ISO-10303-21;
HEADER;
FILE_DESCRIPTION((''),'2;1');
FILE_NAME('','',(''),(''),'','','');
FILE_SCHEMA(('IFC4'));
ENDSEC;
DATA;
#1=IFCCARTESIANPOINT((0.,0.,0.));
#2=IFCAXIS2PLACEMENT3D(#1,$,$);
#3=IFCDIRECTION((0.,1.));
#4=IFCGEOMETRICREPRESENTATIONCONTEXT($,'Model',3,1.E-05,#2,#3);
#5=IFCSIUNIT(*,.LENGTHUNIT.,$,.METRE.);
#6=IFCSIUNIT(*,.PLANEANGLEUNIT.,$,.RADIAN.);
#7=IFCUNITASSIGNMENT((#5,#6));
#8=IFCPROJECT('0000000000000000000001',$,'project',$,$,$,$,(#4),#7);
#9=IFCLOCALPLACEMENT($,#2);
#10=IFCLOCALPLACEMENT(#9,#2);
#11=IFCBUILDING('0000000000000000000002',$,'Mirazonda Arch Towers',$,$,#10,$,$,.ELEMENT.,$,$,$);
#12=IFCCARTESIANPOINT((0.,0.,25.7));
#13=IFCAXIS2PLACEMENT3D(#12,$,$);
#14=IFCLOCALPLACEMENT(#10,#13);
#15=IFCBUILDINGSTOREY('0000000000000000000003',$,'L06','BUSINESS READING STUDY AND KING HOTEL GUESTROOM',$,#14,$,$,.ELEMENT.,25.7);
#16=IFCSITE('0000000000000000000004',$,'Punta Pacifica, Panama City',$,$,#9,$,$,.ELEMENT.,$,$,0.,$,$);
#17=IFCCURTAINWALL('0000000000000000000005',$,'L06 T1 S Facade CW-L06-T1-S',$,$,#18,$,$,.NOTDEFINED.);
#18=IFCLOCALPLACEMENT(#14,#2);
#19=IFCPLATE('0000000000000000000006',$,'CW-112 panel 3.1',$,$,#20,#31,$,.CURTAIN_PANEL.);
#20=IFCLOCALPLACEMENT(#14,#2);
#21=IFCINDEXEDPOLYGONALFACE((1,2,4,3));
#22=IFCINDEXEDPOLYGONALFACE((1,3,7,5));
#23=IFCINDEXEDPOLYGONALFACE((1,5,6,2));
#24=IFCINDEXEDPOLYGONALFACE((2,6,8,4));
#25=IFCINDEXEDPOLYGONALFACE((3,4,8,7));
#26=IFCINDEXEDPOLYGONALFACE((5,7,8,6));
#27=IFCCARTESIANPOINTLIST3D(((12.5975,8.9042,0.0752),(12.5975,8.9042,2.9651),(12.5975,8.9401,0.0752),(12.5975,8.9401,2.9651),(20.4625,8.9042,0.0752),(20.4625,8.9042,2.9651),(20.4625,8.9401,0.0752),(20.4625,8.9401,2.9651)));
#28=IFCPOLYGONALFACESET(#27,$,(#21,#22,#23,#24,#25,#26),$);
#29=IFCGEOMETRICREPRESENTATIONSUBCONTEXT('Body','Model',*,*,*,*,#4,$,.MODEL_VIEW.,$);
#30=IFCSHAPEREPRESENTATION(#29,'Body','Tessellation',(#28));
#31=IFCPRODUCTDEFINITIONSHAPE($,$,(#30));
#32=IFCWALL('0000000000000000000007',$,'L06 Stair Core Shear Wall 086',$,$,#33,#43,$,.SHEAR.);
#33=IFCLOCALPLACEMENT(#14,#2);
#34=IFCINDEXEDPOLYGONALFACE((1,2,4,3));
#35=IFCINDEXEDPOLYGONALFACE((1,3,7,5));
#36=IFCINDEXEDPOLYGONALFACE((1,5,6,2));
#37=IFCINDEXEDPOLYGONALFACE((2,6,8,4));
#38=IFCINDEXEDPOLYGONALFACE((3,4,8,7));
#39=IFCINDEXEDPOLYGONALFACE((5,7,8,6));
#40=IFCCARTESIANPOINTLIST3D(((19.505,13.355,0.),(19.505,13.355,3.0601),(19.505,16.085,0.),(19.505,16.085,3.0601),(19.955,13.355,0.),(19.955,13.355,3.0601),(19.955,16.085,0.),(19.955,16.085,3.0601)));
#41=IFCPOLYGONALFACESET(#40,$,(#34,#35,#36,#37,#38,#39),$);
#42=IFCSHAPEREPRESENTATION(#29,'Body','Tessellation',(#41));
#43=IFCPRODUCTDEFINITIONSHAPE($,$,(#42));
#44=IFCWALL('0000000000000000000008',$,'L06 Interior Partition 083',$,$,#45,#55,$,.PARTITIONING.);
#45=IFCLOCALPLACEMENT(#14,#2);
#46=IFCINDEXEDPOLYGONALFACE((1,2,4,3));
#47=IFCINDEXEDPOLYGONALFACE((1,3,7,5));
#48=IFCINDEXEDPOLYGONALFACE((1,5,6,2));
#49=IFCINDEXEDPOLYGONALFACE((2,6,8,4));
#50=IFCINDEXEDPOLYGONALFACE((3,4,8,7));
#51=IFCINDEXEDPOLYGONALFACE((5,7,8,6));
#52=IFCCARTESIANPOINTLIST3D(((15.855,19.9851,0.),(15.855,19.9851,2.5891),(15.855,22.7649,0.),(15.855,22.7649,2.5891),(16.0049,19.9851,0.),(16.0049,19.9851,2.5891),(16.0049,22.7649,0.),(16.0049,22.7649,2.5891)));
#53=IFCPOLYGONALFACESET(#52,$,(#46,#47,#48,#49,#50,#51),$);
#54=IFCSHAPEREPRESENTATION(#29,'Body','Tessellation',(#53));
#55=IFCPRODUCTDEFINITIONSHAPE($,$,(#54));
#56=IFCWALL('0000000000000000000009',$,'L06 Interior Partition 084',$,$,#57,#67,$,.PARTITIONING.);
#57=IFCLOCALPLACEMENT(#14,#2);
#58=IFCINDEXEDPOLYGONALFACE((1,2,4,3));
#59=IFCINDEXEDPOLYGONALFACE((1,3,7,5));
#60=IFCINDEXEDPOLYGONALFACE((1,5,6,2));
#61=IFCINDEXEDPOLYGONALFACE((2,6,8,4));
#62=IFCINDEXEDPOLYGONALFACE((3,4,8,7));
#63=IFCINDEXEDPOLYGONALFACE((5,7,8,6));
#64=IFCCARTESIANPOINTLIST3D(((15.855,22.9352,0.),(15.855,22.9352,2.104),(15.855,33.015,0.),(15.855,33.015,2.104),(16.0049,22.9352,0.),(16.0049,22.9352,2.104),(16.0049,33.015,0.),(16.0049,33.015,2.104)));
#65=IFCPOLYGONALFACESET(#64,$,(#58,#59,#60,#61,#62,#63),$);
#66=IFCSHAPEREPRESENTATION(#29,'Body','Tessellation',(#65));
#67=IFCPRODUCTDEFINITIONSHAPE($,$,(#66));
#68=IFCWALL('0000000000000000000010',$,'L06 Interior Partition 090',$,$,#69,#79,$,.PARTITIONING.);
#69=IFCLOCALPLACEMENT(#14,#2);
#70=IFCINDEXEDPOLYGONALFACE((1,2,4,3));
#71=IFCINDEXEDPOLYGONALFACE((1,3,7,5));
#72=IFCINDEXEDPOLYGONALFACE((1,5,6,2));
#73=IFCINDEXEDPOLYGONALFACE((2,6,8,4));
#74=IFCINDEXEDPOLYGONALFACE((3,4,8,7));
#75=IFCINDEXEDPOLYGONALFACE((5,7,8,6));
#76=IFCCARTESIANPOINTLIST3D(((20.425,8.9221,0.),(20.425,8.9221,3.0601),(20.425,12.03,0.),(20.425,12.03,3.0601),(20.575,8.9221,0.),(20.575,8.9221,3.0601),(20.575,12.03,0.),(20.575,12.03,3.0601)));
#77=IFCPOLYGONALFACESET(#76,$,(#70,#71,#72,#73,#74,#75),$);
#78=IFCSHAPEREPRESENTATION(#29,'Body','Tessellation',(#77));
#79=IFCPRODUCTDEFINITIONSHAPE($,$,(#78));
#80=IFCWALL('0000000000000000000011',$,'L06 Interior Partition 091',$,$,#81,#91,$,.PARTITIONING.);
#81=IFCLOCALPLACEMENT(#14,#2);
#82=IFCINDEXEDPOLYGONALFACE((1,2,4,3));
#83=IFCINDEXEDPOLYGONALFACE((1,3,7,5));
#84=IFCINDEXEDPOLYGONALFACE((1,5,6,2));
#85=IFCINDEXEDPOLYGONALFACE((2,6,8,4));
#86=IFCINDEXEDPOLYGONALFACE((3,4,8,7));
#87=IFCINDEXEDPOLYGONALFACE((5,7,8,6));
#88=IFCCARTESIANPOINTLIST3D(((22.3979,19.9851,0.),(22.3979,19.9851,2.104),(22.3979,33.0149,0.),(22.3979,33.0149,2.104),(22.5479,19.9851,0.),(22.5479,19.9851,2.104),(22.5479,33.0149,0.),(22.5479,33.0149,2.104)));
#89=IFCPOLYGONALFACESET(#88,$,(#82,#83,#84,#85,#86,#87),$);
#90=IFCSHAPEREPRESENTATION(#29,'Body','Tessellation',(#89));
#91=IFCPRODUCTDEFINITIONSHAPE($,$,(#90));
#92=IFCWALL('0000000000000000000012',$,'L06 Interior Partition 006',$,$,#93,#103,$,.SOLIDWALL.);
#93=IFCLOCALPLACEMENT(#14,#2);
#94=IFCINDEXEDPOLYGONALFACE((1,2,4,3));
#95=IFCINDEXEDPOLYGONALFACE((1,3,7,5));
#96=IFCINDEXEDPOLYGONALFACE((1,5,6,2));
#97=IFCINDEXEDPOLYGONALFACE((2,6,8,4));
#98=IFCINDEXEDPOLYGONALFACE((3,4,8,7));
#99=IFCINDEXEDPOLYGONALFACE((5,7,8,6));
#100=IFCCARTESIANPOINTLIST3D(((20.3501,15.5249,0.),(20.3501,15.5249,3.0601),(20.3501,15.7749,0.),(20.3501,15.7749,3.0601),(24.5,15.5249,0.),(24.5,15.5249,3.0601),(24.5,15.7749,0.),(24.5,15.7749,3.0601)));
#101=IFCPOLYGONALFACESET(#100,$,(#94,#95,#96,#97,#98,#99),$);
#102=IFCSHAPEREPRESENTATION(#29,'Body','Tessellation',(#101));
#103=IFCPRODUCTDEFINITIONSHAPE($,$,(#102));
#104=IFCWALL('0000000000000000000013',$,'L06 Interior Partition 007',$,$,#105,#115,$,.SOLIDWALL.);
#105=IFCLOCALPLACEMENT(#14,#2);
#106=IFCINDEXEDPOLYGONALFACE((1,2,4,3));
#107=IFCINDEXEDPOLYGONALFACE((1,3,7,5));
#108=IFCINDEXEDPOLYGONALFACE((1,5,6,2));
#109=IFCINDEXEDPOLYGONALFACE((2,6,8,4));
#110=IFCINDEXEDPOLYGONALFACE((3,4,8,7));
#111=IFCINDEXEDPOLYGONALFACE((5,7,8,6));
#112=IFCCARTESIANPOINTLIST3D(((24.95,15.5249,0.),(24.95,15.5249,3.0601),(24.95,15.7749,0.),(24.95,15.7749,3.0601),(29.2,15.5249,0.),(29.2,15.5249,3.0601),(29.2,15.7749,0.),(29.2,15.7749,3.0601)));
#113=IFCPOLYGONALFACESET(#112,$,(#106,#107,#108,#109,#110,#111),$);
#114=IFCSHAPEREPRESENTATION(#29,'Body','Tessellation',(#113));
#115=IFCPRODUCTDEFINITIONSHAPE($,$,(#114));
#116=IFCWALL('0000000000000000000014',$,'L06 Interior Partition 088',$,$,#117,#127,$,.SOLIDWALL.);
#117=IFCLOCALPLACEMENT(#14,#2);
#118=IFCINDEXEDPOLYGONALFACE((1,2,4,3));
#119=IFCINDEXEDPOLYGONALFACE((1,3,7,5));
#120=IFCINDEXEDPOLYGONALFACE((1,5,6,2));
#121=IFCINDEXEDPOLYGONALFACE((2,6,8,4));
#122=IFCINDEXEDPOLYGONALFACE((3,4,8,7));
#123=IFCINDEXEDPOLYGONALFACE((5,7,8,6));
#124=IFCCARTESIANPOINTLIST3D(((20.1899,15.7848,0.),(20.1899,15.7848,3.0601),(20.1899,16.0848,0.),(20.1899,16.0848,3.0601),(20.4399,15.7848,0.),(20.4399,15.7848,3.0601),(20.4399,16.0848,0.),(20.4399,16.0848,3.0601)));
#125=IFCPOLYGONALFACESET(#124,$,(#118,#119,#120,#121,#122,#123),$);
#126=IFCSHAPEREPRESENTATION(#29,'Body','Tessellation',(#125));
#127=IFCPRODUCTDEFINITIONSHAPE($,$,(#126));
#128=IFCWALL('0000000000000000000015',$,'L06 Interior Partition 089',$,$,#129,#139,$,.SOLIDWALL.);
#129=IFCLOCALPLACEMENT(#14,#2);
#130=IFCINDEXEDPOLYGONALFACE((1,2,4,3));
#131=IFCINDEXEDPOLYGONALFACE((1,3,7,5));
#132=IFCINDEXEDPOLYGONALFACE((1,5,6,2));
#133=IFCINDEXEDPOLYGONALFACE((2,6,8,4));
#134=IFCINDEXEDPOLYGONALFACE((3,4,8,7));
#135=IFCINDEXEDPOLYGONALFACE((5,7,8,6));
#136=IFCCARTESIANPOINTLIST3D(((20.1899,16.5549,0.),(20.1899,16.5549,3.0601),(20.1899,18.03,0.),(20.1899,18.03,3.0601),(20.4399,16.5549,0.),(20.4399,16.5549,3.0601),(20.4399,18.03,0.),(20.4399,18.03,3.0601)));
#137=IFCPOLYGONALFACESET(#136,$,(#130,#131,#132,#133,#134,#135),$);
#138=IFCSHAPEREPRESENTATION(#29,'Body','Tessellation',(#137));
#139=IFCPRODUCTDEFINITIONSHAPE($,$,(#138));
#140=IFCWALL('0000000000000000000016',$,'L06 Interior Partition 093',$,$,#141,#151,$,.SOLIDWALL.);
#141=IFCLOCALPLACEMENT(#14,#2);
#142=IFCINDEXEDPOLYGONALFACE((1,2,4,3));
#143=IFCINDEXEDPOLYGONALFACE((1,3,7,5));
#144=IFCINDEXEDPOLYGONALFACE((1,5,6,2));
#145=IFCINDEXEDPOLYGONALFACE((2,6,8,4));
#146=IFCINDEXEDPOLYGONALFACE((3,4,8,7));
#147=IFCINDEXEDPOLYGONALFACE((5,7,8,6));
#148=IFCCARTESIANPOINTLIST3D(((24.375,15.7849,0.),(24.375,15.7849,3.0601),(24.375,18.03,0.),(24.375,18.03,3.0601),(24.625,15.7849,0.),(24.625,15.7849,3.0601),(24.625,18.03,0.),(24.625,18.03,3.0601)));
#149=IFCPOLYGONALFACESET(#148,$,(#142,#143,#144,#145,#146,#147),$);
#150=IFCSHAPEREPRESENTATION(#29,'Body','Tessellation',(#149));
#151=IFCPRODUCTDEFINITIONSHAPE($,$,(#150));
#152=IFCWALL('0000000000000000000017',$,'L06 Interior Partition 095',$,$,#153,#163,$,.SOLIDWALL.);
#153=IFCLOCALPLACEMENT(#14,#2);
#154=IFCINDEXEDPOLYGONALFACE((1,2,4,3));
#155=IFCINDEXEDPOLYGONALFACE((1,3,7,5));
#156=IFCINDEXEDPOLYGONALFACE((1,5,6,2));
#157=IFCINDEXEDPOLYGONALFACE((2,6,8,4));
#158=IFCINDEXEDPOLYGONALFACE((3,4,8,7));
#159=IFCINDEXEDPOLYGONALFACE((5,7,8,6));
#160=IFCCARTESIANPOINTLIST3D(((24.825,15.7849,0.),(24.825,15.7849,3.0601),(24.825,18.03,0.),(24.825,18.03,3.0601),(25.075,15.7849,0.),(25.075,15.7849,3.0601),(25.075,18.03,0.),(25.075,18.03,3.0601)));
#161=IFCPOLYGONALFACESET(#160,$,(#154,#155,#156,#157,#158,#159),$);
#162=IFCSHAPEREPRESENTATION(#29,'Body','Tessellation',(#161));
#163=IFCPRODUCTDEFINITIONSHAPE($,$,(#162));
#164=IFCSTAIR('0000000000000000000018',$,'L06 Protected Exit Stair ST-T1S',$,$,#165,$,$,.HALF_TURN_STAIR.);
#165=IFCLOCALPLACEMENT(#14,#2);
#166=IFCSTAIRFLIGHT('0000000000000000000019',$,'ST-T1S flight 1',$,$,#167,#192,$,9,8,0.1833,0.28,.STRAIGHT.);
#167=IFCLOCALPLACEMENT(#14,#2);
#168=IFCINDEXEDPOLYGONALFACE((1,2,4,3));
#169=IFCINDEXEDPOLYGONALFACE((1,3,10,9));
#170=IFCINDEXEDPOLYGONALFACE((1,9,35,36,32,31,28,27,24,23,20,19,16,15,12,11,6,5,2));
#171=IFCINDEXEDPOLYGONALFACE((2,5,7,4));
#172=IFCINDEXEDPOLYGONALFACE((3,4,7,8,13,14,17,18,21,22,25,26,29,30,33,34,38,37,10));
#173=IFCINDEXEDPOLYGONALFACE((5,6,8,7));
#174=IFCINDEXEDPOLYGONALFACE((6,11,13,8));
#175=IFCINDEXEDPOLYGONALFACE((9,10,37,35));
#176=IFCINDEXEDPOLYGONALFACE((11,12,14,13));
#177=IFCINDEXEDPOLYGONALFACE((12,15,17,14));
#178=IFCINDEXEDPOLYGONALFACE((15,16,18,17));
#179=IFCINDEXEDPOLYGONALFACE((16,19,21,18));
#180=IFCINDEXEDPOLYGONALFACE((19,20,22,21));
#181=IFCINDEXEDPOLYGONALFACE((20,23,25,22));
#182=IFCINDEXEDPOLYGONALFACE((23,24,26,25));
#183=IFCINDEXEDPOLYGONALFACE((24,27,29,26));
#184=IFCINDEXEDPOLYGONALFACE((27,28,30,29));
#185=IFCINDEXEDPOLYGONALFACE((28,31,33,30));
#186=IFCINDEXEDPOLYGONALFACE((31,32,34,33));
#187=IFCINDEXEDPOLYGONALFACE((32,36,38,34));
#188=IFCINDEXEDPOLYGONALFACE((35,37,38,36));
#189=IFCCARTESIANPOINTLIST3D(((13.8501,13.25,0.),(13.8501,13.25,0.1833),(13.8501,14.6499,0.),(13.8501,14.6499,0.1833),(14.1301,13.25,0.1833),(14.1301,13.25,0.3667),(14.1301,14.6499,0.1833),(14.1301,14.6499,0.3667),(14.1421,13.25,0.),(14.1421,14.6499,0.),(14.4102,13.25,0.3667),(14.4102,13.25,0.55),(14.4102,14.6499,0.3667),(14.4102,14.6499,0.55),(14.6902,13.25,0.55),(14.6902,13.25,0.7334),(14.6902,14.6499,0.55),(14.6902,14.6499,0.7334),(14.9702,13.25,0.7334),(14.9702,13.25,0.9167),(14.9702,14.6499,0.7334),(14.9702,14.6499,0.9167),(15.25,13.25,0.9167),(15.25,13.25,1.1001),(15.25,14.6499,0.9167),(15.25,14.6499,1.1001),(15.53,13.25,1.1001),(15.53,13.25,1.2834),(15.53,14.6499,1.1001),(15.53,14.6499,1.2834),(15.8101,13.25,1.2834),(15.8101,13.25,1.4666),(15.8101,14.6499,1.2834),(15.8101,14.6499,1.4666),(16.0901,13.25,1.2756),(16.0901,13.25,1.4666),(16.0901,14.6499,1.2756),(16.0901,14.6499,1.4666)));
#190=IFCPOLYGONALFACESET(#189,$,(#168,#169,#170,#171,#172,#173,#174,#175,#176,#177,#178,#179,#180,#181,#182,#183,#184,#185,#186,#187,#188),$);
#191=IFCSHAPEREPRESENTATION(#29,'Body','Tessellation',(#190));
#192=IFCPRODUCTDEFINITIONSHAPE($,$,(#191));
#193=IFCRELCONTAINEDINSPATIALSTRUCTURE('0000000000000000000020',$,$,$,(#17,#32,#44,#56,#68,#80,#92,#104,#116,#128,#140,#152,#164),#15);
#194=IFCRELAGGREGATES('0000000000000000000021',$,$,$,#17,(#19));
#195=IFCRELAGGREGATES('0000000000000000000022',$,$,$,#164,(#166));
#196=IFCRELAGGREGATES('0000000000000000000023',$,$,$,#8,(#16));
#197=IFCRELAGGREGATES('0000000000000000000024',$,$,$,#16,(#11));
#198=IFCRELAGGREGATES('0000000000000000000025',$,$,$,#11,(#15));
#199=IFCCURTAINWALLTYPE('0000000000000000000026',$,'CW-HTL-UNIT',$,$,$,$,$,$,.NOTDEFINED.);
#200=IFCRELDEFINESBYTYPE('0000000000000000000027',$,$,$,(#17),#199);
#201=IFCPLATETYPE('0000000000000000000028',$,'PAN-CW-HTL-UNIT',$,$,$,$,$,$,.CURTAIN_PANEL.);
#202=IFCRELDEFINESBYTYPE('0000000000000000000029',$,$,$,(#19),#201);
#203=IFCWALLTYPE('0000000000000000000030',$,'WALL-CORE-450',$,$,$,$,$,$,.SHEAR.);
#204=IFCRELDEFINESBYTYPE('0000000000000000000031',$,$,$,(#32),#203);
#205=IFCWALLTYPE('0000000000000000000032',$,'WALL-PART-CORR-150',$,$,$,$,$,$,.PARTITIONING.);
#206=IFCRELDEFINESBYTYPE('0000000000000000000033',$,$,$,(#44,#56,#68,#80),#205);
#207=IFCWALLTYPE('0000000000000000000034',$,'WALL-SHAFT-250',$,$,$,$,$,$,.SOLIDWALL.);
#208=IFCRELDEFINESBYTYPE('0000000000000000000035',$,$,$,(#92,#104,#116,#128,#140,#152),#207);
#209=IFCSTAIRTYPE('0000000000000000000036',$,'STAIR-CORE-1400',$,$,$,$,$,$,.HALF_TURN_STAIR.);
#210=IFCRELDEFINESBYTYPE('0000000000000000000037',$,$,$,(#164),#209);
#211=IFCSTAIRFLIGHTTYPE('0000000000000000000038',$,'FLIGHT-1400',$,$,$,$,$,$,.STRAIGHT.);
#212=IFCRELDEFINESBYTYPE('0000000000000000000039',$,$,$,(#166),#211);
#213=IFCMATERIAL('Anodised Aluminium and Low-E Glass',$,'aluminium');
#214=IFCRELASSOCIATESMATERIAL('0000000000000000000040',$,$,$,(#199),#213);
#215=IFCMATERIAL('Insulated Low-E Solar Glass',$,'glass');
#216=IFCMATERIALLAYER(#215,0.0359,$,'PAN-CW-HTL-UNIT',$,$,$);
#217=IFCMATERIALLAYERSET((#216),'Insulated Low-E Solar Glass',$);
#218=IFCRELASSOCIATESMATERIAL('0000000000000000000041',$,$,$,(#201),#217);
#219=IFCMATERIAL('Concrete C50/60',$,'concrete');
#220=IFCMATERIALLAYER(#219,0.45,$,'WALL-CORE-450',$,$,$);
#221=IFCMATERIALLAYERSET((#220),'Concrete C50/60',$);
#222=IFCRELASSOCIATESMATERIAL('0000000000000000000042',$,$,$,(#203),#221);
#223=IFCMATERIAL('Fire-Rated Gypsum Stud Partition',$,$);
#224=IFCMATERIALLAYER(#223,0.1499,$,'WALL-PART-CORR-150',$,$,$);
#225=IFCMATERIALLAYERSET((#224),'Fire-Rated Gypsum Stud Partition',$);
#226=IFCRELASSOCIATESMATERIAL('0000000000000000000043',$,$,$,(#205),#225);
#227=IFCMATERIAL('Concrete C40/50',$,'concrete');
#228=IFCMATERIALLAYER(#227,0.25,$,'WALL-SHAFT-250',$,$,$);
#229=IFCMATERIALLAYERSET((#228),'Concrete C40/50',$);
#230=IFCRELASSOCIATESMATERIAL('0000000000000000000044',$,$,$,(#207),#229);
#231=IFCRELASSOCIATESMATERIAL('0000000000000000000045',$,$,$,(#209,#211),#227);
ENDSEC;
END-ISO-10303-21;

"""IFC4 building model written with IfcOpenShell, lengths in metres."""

from ifc_helpers import new_model, si_unit, direction, frame, frame_2d, origin, origin_2d, place, context, subcontext, project, spatial, polyline, rectangle, outline, extrude, material, layer, layer_set, type_object, element, aggregate, save


model = new_model("IFC4")

# Units and contexts
model_context = context("Model", 3, precision=1e-05, world=origin(), true_north=direction((0.0, 1.0)))
body_context = subcontext(model_context, "Body", "Model", "MODEL_VIEW")
ifc_project = project(units=[si_unit("LENGTHUNIT", "METRE"), si_unit("PLANEANGLEUNIT", "RADIAN")], contexts=[model_context])

# Site, building, storey
site_placement = place(None, origin())
site = spatial("IfcSite", under=ifc_project, at=site_placement, Name="Punta Pacifica, Panama City", CompositionType="ELEMENT", RefElevation=0.0)
building_placement = place(site_placement, origin())
building = spatial("IfcBuilding", under=site, at=building_placement, Name="Mirazonda Arch Towers", CompositionType="ELEMENT")
storey_placement = place(building_placement, frame((0.0, 0.0, 25.7)))
storey = spatial("IfcBuildingStorey", under=building, at=storey_placement, Name="L06", Description="BUSINESS READING STUDY AND KING HOTEL GUESTROOM", CompositionType="ELEMENT", Elevation=25.7)

# Curtain wall, plate
ifc_material_1 = material(Name="Anodised Aluminium and Low-E Glass", Category="aluminium")
curtain_wall_type = type_object("IfcCurtainWallType", Name="CW-HTL-UNIT", PredefinedType="NOTDEFINED", material=ifc_material_1)
curtain_wall_placement = place(storey_placement, origin())
curtain_wall = element("IfcCurtainWall", 1, at=curtain_wall_placement, inside=storey, type_object=curtain_wall_type, Name="L06 T1 S Facade CW-L06-T1-S", PredefinedType="NOTDEFINED")
ifc_material_2 = material(Name="Insulated Low-E Solar Glass", Category="glass")
ifc_layer_1 = layer(ifc_material_2, 0.0359, Name="PAN-CW-HTL-UNIT")
ifc_layer_set_1 = layer_set([ifc_layer_1], Name="Insulated Low-E Solar Glass")
plate_type = type_object("IfcPlateType", Name="PAN-CW-HTL-UNIT", PredefinedType="CURTAIN_PANEL", material=ifc_layer_set_1)
plate_1_placement = place(storey_placement, frame((16.53, 8.9221, 0.0752), z_axis=(0.0, 0.0, 1.0), x_axis=(-1.0, 0.0, 0.0)))
plate_1 = element("IfcPlate", 2, at=plate_1_placement, type_object=plate_type, Name="CW-112 panel 3.1", PredefinedType="CURTAIN_PANEL", context=body_context, shape_type="SweptSolid", body=[
    extrude(rectangle(XDim=7.865, YDim=0.0359, at=origin_2d()), origin(), (0.0, 0.0, 1.0), 2.8899),
])
aggregate(curtain_wall, [plate_1])

# Walls
ifc_material_3 = material(Name="Concrete C50/60", Category="concrete")
ifc_layer_2 = layer(ifc_material_3, 0.45, Name="WALL-CORE-450")
ifc_layer_set_2 = layer_set([ifc_layer_2], Name="Concrete C50/60")
wall_type_1 = type_object("IfcWallType", Name="WALL-CORE-450", PredefinedType="SHEAR", material=ifc_layer_set_2)
wall_1_placement = place(storey_placement, frame((19.73, 13.355, 0.0), z_axis=(0.0, 0.0, 1.0), x_axis=(0.0, 1.0, 0.0)))
element("IfcWall", 3, at=wall_1_placement, inside=storey, type_object=wall_type_1, Name="L06 Stair Core Shear Wall 086", PredefinedType="SHEAR", context=body_context, shape_type="SweptSolid", body=[
    extrude(rectangle(XDim=2.73, YDim=0.45, at=frame_2d((1.365, 0.0))), origin(), (0.0, 0.0, 1.0), 3.0601),
])
ifc_material_4 = material(Name="Fire-Rated Gypsum Stud Partition")
ifc_layer_3 = layer(ifc_material_4, 0.1499, Name="WALL-PART-CORR-150")
ifc_layer_set_3 = layer_set([ifc_layer_3], Name="Fire-Rated Gypsum Stud Partition")
wall_type_2 = type_object("IfcWallType", Name="WALL-PART-CORR-150", PredefinedType="PARTITIONING", material=ifc_layer_set_3)
wall_2_placement = place(storey_placement, frame((15.9299, 19.9851, 0.0), z_axis=(0.0, 0.0, 1.0), x_axis=(0.0, 1.0, 0.0)))
element("IfcWall", 4, at=wall_2_placement, inside=storey, type_object=wall_type_2, Name="L06 Interior Partition 083", PredefinedType="PARTITIONING", context=body_context, shape_type="SweptSolid", body=[
    extrude(rectangle(XDim=2.7798, YDim=0.1499, at=frame_2d((1.3899, 0.0))), origin(), (0.0, 0.0, 1.0), 2.5891),
])
wall_3_placement = place(storey_placement, frame((15.9299, 22.9351, 0.0), z_axis=(0.0, 0.0, 1.0), x_axis=(0.0, 1.0, 0.0)))
element("IfcWall", 5, at=wall_3_placement, inside=storey, type_object=wall_type_2, Name="L06 Interior Partition 084", PredefinedType="PARTITIONING", context=body_context, shape_type="SweptSolid", body=[
    extrude(rectangle(XDim=10.0798, YDim=0.1499, at=frame_2d((5.04, 0.0))), origin(), (0.0, 0.0, 1.0), 2.104),
])
wall_4_placement = place(storey_placement, frame((20.5, 8.9221, 0.0), z_axis=(0.0, 0.0, 1.0), x_axis=(0.0, 1.0, 0.0)))
element("IfcWall", 6, at=wall_4_placement, inside=storey, type_object=wall_type_2, Name="L06 Interior Partition 090", PredefinedType="PARTITIONING", context=body_context, shape_type="SweptSolid", body=[
    extrude(rectangle(XDim=3.1079, YDim=0.1499, at=frame_2d((1.554, 0.0))), origin(), (0.0, 0.0, 1.0), 3.0601),
])
wall_5_placement = place(storey_placement, frame((22.4729, 19.9851, 0.0), z_axis=(0.0, 0.0, 1.0), x_axis=(0.0, 1.0, 0.0)))
element("IfcWall", 7, at=wall_5_placement, inside=storey, type_object=wall_type_2, Name="L06 Interior Partition 091", PredefinedType="PARTITIONING", context=body_context, shape_type="SweptSolid", body=[
    extrude(rectangle(XDim=13.0298, YDim=0.1499, at=frame_2d((6.5149, 0.0))), origin(), (0.0, 0.0, 1.0), 2.104),
])
ifc_material_5 = material(Name="Concrete C40/50", Category="concrete")
ifc_layer_4 = layer(ifc_material_5, 0.25, Name="WALL-SHAFT-250")
ifc_layer_set_4 = layer_set([ifc_layer_4], Name="Concrete C40/50")
wall_type_3 = type_object("IfcWallType", Name="WALL-SHAFT-250", PredefinedType="SOLIDWALL", material=ifc_layer_set_4)
wall_6_placement = place(storey_placement, frame((20.3501, 15.6499, 0.0), z_axis=(0.0, 0.0, 1.0), x_axis=(1.0, 0.0, 0.0)))
element("IfcWall", 8, at=wall_6_placement, inside=storey, type_object=wall_type_3, Name="L06 Interior Partition 006", PredefinedType="SOLIDWALL", context=body_context, shape_type="SweptSolid", body=[
    extrude(rectangle(XDim=4.1499, YDim=0.25, at=frame_2d((2.075, 0.0))), origin(), (0.0, 0.0, 1.0), 3.0601),
])
wall_7_placement = place(storey_placement, frame((24.95, 15.6499, 0.0), z_axis=(0.0, 0.0, 1.0), x_axis=(1.0, 0.0, 0.0)))
element("IfcWall", 9, at=wall_7_placement, inside=storey, type_object=wall_type_3, Name="L06 Interior Partition 007", PredefinedType="SOLIDWALL", context=body_context, shape_type="SweptSolid", body=[
    extrude(rectangle(XDim=4.25, YDim=0.25, at=frame_2d((2.125, 0.0))), origin(), (0.0, 0.0, 1.0), 3.0601),
])
wall_8_placement = place(storey_placement, frame((20.3149, 15.7849, 0.0), z_axis=(0.0, 0.0, 1.0), x_axis=(0.0, 1.0, 0.0)))
element("IfcWall", 10, at=wall_8_placement, inside=storey, type_object=wall_type_3, Name="L06 Interior Partition 088", PredefinedType="SOLIDWALL", context=body_context, shape_type="SweptSolid", body=[
    extrude(rectangle(XDim=0.3, YDim=0.25, at=frame_2d((0.1499, 0.0))), origin(), (0.0, 0.0, 1.0), 3.0601),
])
wall_9_placement = place(storey_placement, frame((20.3149, 16.5549, 0.0), z_axis=(0.0, 0.0, 1.0), x_axis=(0.0, 1.0, 0.0)))
element("IfcWall", 11, at=wall_9_placement, inside=storey, type_object=wall_type_3, Name="L06 Interior Partition 089", PredefinedType="SOLIDWALL", context=body_context, shape_type="SweptSolid", body=[
    extrude(rectangle(XDim=1.4751, YDim=0.25, at=frame_2d((0.7375, 0.0))), origin(), (0.0, 0.0, 1.0), 3.0601),
])
for number, where, z_axis, x_axis, name in (
    (12, (24.5, 15.7849, 0.0), (0.0, 0.0, 1.0), (0.0, 1.0, 0.0), "L06 Interior Partition 093"),
    (13, (24.95, 15.7849, 0.0), (0.0, 0.0, 1.0), (0.0, 1.0, 0.0), "L06 Interior Partition 095"),
):
    element("IfcWall", number, at=place(storey_placement, frame(where, z_axis=z_axis, x_axis=x_axis)), inside=storey, type_object=wall_type_3, Name=name, PredefinedType="SOLIDWALL", context=body_context, shape_type="SweptSolid", body=[
        extrude(rectangle(XDim=2.2451, YDim=0.25, at=frame_2d((1.1226, 0.0))), origin(), (0.0, 0.0, 1.0), 3.0601),
    ])

# Stair, stair flight
stair_type = type_object("IfcStairType", Name="STAIR-CORE-1400", PredefinedType="HALF_TURN_STAIR", material=ifc_material_5)
stair_placement = place(storey_placement, origin())
stair = element("IfcStair", 14, at=stair_placement, inside=storey, type_object=stair_type, Name="L06 Protected Exit Stair ST-T1S", PredefinedType="HALF_TURN_STAIR")
stair_flight_type = type_object("IfcStairFlightType", Name="FLIGHT-1400", PredefinedType="STRAIGHT", material=ifc_material_5)
stair_flight_1_placement = place(storey_placement, frame((13.8501, 13.95, 0.0), z_axis=(0.0, 0.0, 1.0), x_axis=(1.0, 0.0, 0.0)))
stair_flight_1 = element("IfcStairFlight", 15, at=stair_flight_1_placement, type_object=stair_flight_type, Name="ST-T1S flight 1", NumberOfRisers=9, NumberOfTreads=8, PredefinedType="STRAIGHT", RiserHeight=0.1833, TreadLength=0.28, context=body_context, shape_type="SweptSolid", body=[
    extrude(outline(polyline([(0.0, 0.0), (0.0, 0.1833), (0.28, 0.1833), (0.28, 0.3667), (0.5601, 0.3667), (0.5601, 0.55), (0.8401, 0.55), (0.8401, 0.7334), (1.1201, 0.7334), (1.1201, 0.9167), (1.3999, 0.9167), (1.3999, 1.1001), (1.6799, 1.1001), (1.6799, 1.2834), (1.96, 1.2834), (1.96, 1.4666), (2.24, 1.4666), (2.24, 1.6499), (2.24, 1.2756), (0.292, 0.0), (0.0, 0.0)])), frame((0.0, 0.7, 0.0), z_axis=(0.0, -1.0, 0.0), x_axis=(1.0, 0.0, 0.0)), (0.0, 0.0, 1.0), 1.3999),
])
aggregate(stair, [stair_flight_1])

save(model, "model.ifc")
